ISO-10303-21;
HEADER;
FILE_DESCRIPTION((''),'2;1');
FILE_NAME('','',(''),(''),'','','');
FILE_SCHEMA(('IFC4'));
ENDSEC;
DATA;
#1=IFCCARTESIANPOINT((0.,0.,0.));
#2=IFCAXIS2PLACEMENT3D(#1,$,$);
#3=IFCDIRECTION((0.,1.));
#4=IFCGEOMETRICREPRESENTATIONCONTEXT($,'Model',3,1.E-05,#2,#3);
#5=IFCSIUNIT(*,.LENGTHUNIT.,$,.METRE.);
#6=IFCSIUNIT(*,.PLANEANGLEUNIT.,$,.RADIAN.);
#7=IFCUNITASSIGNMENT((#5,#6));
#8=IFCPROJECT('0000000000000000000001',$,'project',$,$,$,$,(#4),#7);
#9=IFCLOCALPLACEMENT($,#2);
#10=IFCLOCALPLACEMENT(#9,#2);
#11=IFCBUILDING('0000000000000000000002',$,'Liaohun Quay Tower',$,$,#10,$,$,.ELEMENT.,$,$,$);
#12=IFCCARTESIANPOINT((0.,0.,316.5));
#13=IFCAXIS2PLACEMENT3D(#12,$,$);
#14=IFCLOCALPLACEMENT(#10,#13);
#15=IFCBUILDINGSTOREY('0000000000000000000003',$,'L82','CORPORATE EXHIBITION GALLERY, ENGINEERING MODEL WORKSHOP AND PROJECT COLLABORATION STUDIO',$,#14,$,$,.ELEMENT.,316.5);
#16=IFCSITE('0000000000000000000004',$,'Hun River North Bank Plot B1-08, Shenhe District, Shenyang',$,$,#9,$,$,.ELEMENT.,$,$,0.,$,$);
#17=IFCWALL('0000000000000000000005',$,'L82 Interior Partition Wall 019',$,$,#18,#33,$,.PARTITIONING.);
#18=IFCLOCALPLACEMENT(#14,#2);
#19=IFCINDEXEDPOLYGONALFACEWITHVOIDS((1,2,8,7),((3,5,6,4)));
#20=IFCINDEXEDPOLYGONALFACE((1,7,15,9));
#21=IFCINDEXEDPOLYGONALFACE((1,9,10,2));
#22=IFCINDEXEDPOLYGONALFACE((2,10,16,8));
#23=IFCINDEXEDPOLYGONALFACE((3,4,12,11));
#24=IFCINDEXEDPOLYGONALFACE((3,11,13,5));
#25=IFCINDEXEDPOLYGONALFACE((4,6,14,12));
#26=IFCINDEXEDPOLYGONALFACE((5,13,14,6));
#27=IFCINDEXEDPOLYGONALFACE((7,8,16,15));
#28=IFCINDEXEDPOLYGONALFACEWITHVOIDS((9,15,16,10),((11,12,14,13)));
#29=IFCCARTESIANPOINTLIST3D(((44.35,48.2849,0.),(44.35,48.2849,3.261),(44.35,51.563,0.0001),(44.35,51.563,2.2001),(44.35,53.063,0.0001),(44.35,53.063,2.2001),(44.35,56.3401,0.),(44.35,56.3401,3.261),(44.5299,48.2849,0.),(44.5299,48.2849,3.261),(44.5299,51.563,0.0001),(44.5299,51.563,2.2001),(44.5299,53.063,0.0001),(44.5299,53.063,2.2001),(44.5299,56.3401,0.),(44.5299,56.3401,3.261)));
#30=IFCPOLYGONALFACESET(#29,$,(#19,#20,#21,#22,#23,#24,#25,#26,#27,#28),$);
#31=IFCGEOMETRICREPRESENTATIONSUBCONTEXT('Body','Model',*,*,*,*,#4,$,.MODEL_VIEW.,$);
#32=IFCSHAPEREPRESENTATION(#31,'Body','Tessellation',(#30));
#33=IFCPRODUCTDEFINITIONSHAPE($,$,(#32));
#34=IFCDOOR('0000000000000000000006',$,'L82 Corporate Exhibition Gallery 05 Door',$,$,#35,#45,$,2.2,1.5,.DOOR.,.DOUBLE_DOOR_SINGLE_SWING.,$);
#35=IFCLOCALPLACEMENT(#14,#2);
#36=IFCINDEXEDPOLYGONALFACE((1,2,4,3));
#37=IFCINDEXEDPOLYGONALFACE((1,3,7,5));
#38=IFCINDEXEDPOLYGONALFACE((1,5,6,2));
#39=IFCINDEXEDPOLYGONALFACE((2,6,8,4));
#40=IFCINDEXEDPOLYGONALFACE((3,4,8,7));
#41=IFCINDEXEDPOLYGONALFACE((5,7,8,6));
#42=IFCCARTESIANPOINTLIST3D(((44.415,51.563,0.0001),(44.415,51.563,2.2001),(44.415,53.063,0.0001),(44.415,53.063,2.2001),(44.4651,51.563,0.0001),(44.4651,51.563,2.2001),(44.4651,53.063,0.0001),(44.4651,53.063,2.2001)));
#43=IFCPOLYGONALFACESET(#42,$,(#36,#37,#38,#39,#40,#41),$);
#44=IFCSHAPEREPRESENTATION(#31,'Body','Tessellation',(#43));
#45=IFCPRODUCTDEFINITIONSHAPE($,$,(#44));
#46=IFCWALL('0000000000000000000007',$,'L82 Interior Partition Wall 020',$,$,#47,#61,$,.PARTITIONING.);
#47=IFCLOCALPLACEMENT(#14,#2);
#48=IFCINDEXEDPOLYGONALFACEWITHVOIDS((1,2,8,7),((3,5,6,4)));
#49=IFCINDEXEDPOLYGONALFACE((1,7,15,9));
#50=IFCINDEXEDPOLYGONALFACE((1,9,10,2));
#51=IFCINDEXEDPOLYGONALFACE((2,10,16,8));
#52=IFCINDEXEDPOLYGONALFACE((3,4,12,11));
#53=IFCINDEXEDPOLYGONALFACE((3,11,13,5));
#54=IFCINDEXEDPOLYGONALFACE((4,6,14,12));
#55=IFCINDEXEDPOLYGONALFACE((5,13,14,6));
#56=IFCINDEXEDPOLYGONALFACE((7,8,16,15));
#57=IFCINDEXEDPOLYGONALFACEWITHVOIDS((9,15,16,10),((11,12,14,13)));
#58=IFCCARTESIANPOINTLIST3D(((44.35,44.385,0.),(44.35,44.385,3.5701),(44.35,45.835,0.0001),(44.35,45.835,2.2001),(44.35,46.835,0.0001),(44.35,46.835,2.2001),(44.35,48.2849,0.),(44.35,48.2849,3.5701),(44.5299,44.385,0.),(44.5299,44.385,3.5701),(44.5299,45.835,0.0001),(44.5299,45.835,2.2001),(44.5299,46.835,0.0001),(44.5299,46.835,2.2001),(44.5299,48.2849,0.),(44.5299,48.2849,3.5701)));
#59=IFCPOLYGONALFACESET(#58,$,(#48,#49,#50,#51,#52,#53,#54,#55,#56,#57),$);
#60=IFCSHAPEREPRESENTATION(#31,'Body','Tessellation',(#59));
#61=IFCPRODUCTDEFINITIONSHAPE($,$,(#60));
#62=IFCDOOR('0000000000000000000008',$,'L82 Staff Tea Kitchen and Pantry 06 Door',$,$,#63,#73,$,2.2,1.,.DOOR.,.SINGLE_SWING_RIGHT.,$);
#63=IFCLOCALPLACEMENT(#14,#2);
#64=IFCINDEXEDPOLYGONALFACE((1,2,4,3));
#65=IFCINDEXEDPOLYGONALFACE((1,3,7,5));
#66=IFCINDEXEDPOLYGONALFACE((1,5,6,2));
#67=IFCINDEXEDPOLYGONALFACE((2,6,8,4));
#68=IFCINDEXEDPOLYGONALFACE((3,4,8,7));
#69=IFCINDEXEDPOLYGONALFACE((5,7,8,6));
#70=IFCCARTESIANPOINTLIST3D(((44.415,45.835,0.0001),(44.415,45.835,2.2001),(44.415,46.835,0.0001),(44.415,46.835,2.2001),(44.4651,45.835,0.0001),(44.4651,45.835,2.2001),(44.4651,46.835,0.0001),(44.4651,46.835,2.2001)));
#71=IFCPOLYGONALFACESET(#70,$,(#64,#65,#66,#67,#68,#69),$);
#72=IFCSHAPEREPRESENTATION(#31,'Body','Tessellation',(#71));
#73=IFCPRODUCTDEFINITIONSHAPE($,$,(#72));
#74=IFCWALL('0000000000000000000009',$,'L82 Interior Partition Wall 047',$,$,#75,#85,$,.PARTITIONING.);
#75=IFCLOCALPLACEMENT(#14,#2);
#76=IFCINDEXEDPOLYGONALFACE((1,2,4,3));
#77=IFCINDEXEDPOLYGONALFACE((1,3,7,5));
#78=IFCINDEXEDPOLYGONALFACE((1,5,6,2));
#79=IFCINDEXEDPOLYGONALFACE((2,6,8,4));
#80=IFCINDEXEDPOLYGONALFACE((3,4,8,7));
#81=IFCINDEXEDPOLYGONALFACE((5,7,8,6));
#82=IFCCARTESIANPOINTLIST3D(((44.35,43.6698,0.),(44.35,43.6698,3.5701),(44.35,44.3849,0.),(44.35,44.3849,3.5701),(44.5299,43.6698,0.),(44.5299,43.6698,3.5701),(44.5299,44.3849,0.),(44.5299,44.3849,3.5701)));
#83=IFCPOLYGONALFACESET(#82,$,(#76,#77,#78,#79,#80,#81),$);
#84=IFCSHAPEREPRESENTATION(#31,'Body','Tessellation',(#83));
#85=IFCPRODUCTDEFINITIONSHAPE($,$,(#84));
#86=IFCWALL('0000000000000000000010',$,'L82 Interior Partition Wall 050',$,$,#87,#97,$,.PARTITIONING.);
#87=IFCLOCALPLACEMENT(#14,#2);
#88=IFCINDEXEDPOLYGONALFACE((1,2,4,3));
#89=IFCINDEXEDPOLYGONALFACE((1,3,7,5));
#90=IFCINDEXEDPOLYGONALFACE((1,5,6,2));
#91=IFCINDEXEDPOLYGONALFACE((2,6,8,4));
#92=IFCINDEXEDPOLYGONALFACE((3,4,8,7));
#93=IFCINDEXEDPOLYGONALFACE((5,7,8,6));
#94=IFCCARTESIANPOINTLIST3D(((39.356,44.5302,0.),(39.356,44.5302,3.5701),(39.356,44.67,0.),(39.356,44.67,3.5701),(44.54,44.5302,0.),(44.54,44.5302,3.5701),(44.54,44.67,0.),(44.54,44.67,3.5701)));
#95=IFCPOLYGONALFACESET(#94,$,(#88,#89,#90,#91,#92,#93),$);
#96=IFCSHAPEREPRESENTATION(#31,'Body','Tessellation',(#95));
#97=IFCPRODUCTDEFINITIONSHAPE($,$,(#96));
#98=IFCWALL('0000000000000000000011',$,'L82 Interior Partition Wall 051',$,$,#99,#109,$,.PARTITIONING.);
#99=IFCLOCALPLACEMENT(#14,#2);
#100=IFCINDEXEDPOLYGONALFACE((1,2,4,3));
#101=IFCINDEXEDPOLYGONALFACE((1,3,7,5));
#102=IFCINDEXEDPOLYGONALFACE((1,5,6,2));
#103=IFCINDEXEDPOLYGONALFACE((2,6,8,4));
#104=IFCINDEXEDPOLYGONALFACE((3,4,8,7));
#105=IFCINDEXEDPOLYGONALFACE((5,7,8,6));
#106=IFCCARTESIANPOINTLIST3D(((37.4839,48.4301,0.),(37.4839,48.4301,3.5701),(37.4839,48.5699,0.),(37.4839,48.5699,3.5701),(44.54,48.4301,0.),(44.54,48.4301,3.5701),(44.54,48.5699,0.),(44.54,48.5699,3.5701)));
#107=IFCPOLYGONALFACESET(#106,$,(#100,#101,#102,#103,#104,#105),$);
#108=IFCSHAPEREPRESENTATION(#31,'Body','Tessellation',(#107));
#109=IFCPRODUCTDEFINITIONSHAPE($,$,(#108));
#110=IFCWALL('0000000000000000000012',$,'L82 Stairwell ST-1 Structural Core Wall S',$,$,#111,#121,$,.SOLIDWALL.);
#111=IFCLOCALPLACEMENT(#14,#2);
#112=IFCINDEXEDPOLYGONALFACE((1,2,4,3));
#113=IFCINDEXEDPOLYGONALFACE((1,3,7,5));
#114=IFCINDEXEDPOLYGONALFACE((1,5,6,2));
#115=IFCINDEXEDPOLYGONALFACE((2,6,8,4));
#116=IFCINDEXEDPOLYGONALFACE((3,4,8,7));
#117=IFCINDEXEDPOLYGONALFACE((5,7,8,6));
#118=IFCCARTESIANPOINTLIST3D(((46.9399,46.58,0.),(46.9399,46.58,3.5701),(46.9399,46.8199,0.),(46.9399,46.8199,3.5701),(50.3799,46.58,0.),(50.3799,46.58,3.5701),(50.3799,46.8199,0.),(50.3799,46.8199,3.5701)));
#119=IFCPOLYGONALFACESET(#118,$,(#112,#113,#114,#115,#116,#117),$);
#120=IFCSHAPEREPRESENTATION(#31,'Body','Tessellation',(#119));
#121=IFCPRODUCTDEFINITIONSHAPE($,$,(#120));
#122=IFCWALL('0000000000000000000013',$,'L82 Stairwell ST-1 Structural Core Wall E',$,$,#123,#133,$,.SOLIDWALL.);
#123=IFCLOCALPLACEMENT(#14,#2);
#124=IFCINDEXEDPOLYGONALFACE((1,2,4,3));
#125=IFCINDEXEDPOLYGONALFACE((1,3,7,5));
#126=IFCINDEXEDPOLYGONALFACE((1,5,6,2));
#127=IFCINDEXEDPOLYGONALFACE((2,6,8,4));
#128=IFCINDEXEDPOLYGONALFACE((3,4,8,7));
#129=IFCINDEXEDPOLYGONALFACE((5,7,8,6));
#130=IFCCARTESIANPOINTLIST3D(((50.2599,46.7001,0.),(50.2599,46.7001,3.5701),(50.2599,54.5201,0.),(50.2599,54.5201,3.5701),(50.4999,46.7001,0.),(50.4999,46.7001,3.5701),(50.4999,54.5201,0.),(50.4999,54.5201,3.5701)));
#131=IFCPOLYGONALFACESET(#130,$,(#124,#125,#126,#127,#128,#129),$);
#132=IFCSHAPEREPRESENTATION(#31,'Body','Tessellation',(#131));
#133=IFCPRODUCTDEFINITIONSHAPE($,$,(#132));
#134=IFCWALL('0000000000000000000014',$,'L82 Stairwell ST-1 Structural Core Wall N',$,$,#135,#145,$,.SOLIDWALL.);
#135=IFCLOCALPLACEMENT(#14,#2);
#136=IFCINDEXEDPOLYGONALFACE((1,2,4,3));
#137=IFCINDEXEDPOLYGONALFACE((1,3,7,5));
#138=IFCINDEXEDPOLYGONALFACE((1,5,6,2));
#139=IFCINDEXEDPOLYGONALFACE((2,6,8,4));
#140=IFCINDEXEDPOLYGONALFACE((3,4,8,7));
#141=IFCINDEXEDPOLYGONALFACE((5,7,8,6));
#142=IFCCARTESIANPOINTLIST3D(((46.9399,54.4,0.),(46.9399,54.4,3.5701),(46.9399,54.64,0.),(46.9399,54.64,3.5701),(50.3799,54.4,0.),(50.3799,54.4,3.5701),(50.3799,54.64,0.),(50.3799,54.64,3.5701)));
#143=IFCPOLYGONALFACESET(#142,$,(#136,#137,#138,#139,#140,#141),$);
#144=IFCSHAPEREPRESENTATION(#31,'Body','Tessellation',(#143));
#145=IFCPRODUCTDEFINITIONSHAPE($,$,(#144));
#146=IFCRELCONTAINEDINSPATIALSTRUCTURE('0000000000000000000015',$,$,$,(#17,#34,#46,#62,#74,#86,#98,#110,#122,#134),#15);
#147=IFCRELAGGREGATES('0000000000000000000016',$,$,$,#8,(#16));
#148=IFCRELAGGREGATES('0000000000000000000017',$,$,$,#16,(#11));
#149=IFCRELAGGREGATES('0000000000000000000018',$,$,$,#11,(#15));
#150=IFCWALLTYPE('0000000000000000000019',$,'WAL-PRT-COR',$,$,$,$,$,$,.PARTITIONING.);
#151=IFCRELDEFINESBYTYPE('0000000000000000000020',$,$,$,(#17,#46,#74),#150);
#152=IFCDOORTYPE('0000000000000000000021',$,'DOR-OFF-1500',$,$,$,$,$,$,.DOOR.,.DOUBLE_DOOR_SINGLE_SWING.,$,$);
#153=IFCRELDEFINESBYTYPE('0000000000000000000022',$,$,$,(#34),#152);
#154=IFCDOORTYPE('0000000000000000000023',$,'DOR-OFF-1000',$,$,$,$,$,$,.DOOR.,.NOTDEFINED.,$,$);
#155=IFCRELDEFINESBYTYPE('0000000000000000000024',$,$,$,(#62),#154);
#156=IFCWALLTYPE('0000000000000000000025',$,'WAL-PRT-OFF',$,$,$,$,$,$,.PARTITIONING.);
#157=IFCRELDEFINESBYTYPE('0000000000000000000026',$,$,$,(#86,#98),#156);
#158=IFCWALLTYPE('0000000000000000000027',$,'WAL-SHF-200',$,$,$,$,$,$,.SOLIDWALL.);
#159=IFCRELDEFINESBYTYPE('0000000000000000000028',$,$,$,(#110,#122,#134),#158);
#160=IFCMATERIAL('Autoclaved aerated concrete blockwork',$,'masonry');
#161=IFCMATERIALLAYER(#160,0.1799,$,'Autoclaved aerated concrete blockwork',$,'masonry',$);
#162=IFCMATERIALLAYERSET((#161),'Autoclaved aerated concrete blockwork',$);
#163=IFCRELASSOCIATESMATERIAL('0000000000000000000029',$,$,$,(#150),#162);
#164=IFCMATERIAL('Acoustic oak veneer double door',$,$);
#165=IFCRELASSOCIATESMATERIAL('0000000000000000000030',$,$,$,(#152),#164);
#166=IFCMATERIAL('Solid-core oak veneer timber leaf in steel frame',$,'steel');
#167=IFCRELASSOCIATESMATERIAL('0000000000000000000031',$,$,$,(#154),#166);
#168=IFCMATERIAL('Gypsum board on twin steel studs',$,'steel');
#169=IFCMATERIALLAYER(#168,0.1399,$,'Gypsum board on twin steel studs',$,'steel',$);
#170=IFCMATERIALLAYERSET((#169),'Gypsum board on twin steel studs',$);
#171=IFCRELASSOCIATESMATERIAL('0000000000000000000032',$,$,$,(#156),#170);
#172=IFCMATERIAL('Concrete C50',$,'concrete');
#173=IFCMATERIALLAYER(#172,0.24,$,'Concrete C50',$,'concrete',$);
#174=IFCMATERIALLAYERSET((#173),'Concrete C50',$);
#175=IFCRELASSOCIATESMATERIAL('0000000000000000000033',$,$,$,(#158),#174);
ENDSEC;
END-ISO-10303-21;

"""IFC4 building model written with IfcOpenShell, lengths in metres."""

from ifc_helpers import new_model, si_unit, direction, frame, frame_2d, origin, place, context, subcontext, project, spatial, rectangle, extrude, source, transform, mapped, material, layer, layer_set, type_object, element, fill, save


model = new_model("IFC4")

# Units and contexts
model_context = context("Model", 3, precision=1e-05, world=origin(), true_north=direction((0.0, 1.0)))
body_context = subcontext(model_context, "Body", "Model", "MODEL_VIEW")
ifc_project = project(units=[si_unit("LENGTHUNIT", "METRE"), si_unit("PLANEANGLEUNIT", "RADIAN")], contexts=[model_context])

# Site, building, storey
site_placement = place(None, origin())
site = spatial("IfcSite", under=ifc_project, at=site_placement, Name="Hun River North Bank Plot B1-08, Shenhe District, Shenyang", CompositionType="ELEMENT", RefElevation=0.0)
building_placement = place(site_placement, origin())
building = spatial("IfcBuilding", under=site, at=building_placement, Name="Liaohun Quay Tower", CompositionType="ELEMENT")
storey_placement = place(building_placement, frame((0.0, 0.0, 316.5)))
storey = spatial("IfcBuildingStorey", under=building, at=storey_placement, Name="L82", Description="CORPORATE EXHIBITION GALLERY, ENGINEERING MODEL WORKSHOP AND PROJECT COLLABORATION STUDIO", CompositionType="ELEMENT", Elevation=316.5)

# Shared definitions
ifc_material_1 = material(Name="Concrete C50", Category="concrete")

# Walls, openings, doors
ifc_material_2 = material(Name="Autoclaved aerated concrete blockwork", Category="masonry")
ifc_layer_1 = layer(ifc_material_2, 0.1799, Name="Autoclaved aerated concrete blockwork", Category="masonry")
ifc_layer_set_1 = layer_set([ifc_layer_1], Name="Autoclaved aerated concrete blockwork")
wall_type_1 = type_object("IfcWallType", Name="WAL-PRT-COR", PredefinedType="PARTITIONING", material=ifc_layer_set_1)
wall_1_placement = place(storey_placement, frame((44.4399, 48.2849, 0.0), z_axis=(0.0, 0.0, 1.0), x_axis=(0.0, 1.0, 0.0)))
wall_1 = element("IfcWall", 1, at=wall_1_placement, inside=storey, type_object=wall_type_1, Name="L82 Interior Partition Wall 019", PredefinedType="PARTITIONING", context=body_context, shape_type="SweptSolid", body=[
    extrude(rectangle(XDim=8.0552, YDim=0.1799, at=frame_2d((4.0276, 0.0))), origin(), (0.0, 0.0, 1.0), 3.261),
])
shared_shape_1 = source(origin(), body_context, "Body", "SweptSolid", [
    extrude(rectangle(XDim=1.5, YDim=2.2, at=frame_2d((0.75, 1.1001))), frame((0.0, 0.0999, 0.0), z_axis=(0.0, -1.0, 0.0), x_axis=(1.0, 0.0, 0.0)), (0.0, 0.0, 1.0), 0.2),
])
opening_1_placement = place(wall_1_placement, frame((3.2781, 0.0, 0.0)))
opening_1 = element("IfcOpeningElement", 2, at=opening_1_placement, cuts=wall_1, PredefinedType="OPENING", context=body_context, shape_type="MappedRepresentation", body=[
    mapped(shared_shape_1, transform((0.0, 0.0, 0.0), x_axis=(1.0, 0.0, 0.0), y_axis=(0.0, 1.0, 0.0), z_axis=(0.0, 0.0, 1.0), scale=1.0)),
])
ifc_material_3 = material(Name="Acoustic oak veneer double door")
door_type_1 = type_object("IfcDoorType", Name="DOR-OFF-1500", OperationType="DOUBLE_DOOR_SINGLE_SWING", PredefinedType="DOOR", material=ifc_material_3)
shared_shape_2 = source(origin(), body_context, "Body", "SweptSolid", [
    extrude(rectangle(XDim=1.5, YDim=2.2, at=frame_2d((0.75, 1.1001))), frame((0.0, 0.0249, 0.0), z_axis=(0.0, -1.0, 0.0), x_axis=(1.0, 0.0, 0.0)), (0.0, 0.0, 1.0), 0.05),
])
door_1_placement = place(opening_1_placement, origin())
door_1 = element("IfcDoor", 3, at=door_1_placement, inside=storey, type_object=door_type_1, Name="L82 Corporate Exhibition Gallery 05 Door", OperationType="DOUBLE_DOOR_SINGLE_SWING", OverallHeight=2.2, OverallWidth=1.5, PredefinedType="DOOR", context=body_context, shape_type="MappedRepresentation", body=[
    mapped(shared_shape_2, transform((0.0, 0.0, 0.0), x_axis=(1.0, 0.0, 0.0), y_axis=(0.0, 1.0, 0.0), z_axis=(0.0, 0.0, 1.0), scale=1.0)),
])
fill(opening_1, door_1)
wall_2_placement = place(storey_placement, frame((44.4399, 44.385, 0.0), z_axis=(0.0, 0.0, 1.0), x_axis=(0.0, 1.0, 0.0)))
wall_2 = element("IfcWall", 4, at=wall_2_placement, inside=storey, type_object=wall_type_1, Name="L82 Interior Partition Wall 020", PredefinedType="PARTITIONING", context=body_context, shape_type="SweptSolid", body=[
    extrude(rectangle(XDim=3.8999, YDim=0.1799, at=frame_2d((1.95, 0.0))), origin(), (0.0, 0.0, 1.0), 3.5701),
])
shared_shape_3 = source(origin(), body_context, "Body", "SweptSolid", [
    extrude(rectangle(XDim=1.0, YDim=2.2, at=frame_2d((0.5, 1.1001))), frame((0.0, 0.0999, 0.0), z_axis=(0.0, -1.0, 0.0), x_axis=(1.0, 0.0, 0.0)), (0.0, 0.0, 1.0), 0.2),
])
opening_2_placement = place(wall_2_placement, frame((1.45, 0.0, 0.0)))
opening_2 = element("IfcOpeningElement", 5, at=opening_2_placement, cuts=wall_2, PredefinedType="OPENING", context=body_context, shape_type="MappedRepresentation", body=[
    mapped(shared_shape_3, transform((0.0, 0.0, 0.0), x_axis=(1.0, 0.0, 0.0), y_axis=(0.0, 1.0, 0.0), z_axis=(0.0, 0.0, 1.0), scale=1.0)),
])
ifc_material_4 = material(Name="Solid-core oak veneer timber leaf in steel frame", Category="steel")
door_type_2 = type_object("IfcDoorType", Name="DOR-OFF-1000", OperationType="NOTDEFINED", PredefinedType="DOOR", material=ifc_material_4)
shared_shape_4 = source(origin(), body_context, "Body", "SweptSolid", [
    extrude(rectangle(XDim=1.0, YDim=2.2, at=frame_2d((0.5, 1.1001))), frame((0.0, 0.0249, 0.0), z_axis=(0.0, -1.0, 0.0), x_axis=(1.0, 0.0, 0.0)), (0.0, 0.0, 1.0), 0.05),
])
door_2_placement = place(opening_2_placement, origin())
door_2 = element("IfcDoor", 6, at=door_2_placement, inside=storey, type_object=door_type_2, Name="L82 Staff Tea Kitchen and Pantry 06 Door", OperationType="SINGLE_SWING_RIGHT", OverallHeight=2.2, OverallWidth=1.0, PredefinedType="DOOR", context=body_context, shape_type="MappedRepresentation", body=[
    mapped(shared_shape_4, transform((0.0, 0.0, 0.0), x_axis=(1.0, 0.0, 0.0), y_axis=(0.0, 1.0, 0.0), z_axis=(0.0, 0.0, 1.0), scale=1.0)),
])
fill(opening_2, door_2)

# Walls
wall_3_placement = place(storey_placement, frame((44.4399, 43.6699, 0.0), z_axis=(0.0, 0.0, 1.0), x_axis=(0.0, 1.0, 0.0)))
element("IfcWall", 7, at=wall_3_placement, inside=storey, type_object=wall_type_1, Name="L82 Interior Partition Wall 047", PredefinedType="PARTITIONING", context=body_context, shape_type="SweptSolid", body=[
    extrude(rectangle(XDim=0.7151, YDim=0.1799, at=frame_2d((0.3574, 0.0))), origin(), (0.0, 0.0, 1.0), 3.5701),
])
ifc_material_5 = material(Name="Gypsum board on twin steel studs", Category="steel")
ifc_layer_2 = layer(ifc_material_5, 0.1399, Name="Gypsum board on twin steel studs", Category="steel")
ifc_layer_set_2 = layer_set([ifc_layer_2], Name="Gypsum board on twin steel studs")
wall_type_2 = type_object("IfcWallType", Name="WAL-PRT-OFF", PredefinedType="PARTITIONING", material=ifc_layer_set_2)
wall_4_placement = place(storey_placement, frame((44.54, 44.6001, 0.0), z_axis=(0.0, 0.0, 1.0), x_axis=(-1.0, 0.0, 0.0)))
element("IfcWall", 8, at=wall_4_placement, inside=storey, type_object=wall_type_2, Name="L82 Interior Partition Wall 050", PredefinedType="PARTITIONING", context=body_context, shape_type="SweptSolid", body=[
    extrude(rectangle(XDim=5.1841, YDim=0.1399, at=frame_2d((2.592, 0.0))), origin(), (0.0, 0.0, 1.0), 3.5701),
])
wall_5_placement = place(storey_placement, frame((44.54, 48.5, 0.0), z_axis=(0.0, 0.0, 1.0), x_axis=(-1.0, 0.0, 0.0)))
element("IfcWall", 9, at=wall_5_placement, inside=storey, type_object=wall_type_2, Name="L82 Interior Partition Wall 051", PredefinedType="PARTITIONING", context=body_context, shape_type="SweptSolid", body=[
    extrude(rectangle(XDim=7.0562, YDim=0.1399, at=frame_2d((3.5281, 0.0))), origin(), (0.0, 0.0, 1.0), 3.5701),
])
ifc_layer_3 = layer(ifc_material_1, 0.24, Name="Concrete C50", Category="concrete")
ifc_layer_set_3 = layer_set([ifc_layer_3], Name="Concrete C50")
wall_type_3 = type_object("IfcWallType", Name="WAL-SHF-200", PredefinedType="SOLIDWALL", material=ifc_layer_set_3)
wall_6_placement = place(storey_placement, frame((46.9399, 46.7, 0.0), z_axis=(0.0, 0.0, 1.0), x_axis=(1.0, 0.0, 0.0)))
element("IfcWall", 10, at=wall_6_placement, inside=storey, type_object=wall_type_3, Name="L82 Stairwell ST-1 Structural Core Wall S", PredefinedType="SOLIDWALL", context=body_context, shape_type="SweptSolid", body=[
    extrude(rectangle(XDim=3.4399, YDim=0.24, at=frame_2d((1.72, 0.0))), origin(), (0.0, 0.0, 1.0), 3.5701),
])
wall_7_placement = place(storey_placement, frame((50.3799, 46.7, 0.0), z_axis=(0.0, 0.0, 1.0), x_axis=(0.0, 1.0, 0.0)))
element("IfcWall", 11, at=wall_7_placement, inside=storey, type_object=wall_type_3, Name="L82 Stairwell ST-1 Structural Core Wall E", PredefinedType="SOLIDWALL", context=body_context, shape_type="SweptSolid", body=[
    extrude(rectangle(XDim=7.8201, YDim=0.24, at=frame_2d((3.9102, 0.0))), origin(), (0.0, 0.0, 1.0), 3.5701),
])
wall_8_placement = place(storey_placement, frame((50.3799, 54.52, 0.0), z_axis=(0.0, 0.0, 1.0), x_axis=(-1.0, 0.0, 0.0)))
element("IfcWall", 12, at=wall_8_placement, inside=storey, type_object=wall_type_3, Name="L82 Stairwell ST-1 Structural Core Wall N", PredefinedType="SOLIDWALL", context=body_context, shape_type="SweptSolid", body=[
    extrude(rectangle(XDim=3.4399, YDim=0.24, at=frame_2d((1.72, 0.0))), origin(), (0.0, 0.0, 1.0), 3.5701),
])

save(model, "model.ifc")
